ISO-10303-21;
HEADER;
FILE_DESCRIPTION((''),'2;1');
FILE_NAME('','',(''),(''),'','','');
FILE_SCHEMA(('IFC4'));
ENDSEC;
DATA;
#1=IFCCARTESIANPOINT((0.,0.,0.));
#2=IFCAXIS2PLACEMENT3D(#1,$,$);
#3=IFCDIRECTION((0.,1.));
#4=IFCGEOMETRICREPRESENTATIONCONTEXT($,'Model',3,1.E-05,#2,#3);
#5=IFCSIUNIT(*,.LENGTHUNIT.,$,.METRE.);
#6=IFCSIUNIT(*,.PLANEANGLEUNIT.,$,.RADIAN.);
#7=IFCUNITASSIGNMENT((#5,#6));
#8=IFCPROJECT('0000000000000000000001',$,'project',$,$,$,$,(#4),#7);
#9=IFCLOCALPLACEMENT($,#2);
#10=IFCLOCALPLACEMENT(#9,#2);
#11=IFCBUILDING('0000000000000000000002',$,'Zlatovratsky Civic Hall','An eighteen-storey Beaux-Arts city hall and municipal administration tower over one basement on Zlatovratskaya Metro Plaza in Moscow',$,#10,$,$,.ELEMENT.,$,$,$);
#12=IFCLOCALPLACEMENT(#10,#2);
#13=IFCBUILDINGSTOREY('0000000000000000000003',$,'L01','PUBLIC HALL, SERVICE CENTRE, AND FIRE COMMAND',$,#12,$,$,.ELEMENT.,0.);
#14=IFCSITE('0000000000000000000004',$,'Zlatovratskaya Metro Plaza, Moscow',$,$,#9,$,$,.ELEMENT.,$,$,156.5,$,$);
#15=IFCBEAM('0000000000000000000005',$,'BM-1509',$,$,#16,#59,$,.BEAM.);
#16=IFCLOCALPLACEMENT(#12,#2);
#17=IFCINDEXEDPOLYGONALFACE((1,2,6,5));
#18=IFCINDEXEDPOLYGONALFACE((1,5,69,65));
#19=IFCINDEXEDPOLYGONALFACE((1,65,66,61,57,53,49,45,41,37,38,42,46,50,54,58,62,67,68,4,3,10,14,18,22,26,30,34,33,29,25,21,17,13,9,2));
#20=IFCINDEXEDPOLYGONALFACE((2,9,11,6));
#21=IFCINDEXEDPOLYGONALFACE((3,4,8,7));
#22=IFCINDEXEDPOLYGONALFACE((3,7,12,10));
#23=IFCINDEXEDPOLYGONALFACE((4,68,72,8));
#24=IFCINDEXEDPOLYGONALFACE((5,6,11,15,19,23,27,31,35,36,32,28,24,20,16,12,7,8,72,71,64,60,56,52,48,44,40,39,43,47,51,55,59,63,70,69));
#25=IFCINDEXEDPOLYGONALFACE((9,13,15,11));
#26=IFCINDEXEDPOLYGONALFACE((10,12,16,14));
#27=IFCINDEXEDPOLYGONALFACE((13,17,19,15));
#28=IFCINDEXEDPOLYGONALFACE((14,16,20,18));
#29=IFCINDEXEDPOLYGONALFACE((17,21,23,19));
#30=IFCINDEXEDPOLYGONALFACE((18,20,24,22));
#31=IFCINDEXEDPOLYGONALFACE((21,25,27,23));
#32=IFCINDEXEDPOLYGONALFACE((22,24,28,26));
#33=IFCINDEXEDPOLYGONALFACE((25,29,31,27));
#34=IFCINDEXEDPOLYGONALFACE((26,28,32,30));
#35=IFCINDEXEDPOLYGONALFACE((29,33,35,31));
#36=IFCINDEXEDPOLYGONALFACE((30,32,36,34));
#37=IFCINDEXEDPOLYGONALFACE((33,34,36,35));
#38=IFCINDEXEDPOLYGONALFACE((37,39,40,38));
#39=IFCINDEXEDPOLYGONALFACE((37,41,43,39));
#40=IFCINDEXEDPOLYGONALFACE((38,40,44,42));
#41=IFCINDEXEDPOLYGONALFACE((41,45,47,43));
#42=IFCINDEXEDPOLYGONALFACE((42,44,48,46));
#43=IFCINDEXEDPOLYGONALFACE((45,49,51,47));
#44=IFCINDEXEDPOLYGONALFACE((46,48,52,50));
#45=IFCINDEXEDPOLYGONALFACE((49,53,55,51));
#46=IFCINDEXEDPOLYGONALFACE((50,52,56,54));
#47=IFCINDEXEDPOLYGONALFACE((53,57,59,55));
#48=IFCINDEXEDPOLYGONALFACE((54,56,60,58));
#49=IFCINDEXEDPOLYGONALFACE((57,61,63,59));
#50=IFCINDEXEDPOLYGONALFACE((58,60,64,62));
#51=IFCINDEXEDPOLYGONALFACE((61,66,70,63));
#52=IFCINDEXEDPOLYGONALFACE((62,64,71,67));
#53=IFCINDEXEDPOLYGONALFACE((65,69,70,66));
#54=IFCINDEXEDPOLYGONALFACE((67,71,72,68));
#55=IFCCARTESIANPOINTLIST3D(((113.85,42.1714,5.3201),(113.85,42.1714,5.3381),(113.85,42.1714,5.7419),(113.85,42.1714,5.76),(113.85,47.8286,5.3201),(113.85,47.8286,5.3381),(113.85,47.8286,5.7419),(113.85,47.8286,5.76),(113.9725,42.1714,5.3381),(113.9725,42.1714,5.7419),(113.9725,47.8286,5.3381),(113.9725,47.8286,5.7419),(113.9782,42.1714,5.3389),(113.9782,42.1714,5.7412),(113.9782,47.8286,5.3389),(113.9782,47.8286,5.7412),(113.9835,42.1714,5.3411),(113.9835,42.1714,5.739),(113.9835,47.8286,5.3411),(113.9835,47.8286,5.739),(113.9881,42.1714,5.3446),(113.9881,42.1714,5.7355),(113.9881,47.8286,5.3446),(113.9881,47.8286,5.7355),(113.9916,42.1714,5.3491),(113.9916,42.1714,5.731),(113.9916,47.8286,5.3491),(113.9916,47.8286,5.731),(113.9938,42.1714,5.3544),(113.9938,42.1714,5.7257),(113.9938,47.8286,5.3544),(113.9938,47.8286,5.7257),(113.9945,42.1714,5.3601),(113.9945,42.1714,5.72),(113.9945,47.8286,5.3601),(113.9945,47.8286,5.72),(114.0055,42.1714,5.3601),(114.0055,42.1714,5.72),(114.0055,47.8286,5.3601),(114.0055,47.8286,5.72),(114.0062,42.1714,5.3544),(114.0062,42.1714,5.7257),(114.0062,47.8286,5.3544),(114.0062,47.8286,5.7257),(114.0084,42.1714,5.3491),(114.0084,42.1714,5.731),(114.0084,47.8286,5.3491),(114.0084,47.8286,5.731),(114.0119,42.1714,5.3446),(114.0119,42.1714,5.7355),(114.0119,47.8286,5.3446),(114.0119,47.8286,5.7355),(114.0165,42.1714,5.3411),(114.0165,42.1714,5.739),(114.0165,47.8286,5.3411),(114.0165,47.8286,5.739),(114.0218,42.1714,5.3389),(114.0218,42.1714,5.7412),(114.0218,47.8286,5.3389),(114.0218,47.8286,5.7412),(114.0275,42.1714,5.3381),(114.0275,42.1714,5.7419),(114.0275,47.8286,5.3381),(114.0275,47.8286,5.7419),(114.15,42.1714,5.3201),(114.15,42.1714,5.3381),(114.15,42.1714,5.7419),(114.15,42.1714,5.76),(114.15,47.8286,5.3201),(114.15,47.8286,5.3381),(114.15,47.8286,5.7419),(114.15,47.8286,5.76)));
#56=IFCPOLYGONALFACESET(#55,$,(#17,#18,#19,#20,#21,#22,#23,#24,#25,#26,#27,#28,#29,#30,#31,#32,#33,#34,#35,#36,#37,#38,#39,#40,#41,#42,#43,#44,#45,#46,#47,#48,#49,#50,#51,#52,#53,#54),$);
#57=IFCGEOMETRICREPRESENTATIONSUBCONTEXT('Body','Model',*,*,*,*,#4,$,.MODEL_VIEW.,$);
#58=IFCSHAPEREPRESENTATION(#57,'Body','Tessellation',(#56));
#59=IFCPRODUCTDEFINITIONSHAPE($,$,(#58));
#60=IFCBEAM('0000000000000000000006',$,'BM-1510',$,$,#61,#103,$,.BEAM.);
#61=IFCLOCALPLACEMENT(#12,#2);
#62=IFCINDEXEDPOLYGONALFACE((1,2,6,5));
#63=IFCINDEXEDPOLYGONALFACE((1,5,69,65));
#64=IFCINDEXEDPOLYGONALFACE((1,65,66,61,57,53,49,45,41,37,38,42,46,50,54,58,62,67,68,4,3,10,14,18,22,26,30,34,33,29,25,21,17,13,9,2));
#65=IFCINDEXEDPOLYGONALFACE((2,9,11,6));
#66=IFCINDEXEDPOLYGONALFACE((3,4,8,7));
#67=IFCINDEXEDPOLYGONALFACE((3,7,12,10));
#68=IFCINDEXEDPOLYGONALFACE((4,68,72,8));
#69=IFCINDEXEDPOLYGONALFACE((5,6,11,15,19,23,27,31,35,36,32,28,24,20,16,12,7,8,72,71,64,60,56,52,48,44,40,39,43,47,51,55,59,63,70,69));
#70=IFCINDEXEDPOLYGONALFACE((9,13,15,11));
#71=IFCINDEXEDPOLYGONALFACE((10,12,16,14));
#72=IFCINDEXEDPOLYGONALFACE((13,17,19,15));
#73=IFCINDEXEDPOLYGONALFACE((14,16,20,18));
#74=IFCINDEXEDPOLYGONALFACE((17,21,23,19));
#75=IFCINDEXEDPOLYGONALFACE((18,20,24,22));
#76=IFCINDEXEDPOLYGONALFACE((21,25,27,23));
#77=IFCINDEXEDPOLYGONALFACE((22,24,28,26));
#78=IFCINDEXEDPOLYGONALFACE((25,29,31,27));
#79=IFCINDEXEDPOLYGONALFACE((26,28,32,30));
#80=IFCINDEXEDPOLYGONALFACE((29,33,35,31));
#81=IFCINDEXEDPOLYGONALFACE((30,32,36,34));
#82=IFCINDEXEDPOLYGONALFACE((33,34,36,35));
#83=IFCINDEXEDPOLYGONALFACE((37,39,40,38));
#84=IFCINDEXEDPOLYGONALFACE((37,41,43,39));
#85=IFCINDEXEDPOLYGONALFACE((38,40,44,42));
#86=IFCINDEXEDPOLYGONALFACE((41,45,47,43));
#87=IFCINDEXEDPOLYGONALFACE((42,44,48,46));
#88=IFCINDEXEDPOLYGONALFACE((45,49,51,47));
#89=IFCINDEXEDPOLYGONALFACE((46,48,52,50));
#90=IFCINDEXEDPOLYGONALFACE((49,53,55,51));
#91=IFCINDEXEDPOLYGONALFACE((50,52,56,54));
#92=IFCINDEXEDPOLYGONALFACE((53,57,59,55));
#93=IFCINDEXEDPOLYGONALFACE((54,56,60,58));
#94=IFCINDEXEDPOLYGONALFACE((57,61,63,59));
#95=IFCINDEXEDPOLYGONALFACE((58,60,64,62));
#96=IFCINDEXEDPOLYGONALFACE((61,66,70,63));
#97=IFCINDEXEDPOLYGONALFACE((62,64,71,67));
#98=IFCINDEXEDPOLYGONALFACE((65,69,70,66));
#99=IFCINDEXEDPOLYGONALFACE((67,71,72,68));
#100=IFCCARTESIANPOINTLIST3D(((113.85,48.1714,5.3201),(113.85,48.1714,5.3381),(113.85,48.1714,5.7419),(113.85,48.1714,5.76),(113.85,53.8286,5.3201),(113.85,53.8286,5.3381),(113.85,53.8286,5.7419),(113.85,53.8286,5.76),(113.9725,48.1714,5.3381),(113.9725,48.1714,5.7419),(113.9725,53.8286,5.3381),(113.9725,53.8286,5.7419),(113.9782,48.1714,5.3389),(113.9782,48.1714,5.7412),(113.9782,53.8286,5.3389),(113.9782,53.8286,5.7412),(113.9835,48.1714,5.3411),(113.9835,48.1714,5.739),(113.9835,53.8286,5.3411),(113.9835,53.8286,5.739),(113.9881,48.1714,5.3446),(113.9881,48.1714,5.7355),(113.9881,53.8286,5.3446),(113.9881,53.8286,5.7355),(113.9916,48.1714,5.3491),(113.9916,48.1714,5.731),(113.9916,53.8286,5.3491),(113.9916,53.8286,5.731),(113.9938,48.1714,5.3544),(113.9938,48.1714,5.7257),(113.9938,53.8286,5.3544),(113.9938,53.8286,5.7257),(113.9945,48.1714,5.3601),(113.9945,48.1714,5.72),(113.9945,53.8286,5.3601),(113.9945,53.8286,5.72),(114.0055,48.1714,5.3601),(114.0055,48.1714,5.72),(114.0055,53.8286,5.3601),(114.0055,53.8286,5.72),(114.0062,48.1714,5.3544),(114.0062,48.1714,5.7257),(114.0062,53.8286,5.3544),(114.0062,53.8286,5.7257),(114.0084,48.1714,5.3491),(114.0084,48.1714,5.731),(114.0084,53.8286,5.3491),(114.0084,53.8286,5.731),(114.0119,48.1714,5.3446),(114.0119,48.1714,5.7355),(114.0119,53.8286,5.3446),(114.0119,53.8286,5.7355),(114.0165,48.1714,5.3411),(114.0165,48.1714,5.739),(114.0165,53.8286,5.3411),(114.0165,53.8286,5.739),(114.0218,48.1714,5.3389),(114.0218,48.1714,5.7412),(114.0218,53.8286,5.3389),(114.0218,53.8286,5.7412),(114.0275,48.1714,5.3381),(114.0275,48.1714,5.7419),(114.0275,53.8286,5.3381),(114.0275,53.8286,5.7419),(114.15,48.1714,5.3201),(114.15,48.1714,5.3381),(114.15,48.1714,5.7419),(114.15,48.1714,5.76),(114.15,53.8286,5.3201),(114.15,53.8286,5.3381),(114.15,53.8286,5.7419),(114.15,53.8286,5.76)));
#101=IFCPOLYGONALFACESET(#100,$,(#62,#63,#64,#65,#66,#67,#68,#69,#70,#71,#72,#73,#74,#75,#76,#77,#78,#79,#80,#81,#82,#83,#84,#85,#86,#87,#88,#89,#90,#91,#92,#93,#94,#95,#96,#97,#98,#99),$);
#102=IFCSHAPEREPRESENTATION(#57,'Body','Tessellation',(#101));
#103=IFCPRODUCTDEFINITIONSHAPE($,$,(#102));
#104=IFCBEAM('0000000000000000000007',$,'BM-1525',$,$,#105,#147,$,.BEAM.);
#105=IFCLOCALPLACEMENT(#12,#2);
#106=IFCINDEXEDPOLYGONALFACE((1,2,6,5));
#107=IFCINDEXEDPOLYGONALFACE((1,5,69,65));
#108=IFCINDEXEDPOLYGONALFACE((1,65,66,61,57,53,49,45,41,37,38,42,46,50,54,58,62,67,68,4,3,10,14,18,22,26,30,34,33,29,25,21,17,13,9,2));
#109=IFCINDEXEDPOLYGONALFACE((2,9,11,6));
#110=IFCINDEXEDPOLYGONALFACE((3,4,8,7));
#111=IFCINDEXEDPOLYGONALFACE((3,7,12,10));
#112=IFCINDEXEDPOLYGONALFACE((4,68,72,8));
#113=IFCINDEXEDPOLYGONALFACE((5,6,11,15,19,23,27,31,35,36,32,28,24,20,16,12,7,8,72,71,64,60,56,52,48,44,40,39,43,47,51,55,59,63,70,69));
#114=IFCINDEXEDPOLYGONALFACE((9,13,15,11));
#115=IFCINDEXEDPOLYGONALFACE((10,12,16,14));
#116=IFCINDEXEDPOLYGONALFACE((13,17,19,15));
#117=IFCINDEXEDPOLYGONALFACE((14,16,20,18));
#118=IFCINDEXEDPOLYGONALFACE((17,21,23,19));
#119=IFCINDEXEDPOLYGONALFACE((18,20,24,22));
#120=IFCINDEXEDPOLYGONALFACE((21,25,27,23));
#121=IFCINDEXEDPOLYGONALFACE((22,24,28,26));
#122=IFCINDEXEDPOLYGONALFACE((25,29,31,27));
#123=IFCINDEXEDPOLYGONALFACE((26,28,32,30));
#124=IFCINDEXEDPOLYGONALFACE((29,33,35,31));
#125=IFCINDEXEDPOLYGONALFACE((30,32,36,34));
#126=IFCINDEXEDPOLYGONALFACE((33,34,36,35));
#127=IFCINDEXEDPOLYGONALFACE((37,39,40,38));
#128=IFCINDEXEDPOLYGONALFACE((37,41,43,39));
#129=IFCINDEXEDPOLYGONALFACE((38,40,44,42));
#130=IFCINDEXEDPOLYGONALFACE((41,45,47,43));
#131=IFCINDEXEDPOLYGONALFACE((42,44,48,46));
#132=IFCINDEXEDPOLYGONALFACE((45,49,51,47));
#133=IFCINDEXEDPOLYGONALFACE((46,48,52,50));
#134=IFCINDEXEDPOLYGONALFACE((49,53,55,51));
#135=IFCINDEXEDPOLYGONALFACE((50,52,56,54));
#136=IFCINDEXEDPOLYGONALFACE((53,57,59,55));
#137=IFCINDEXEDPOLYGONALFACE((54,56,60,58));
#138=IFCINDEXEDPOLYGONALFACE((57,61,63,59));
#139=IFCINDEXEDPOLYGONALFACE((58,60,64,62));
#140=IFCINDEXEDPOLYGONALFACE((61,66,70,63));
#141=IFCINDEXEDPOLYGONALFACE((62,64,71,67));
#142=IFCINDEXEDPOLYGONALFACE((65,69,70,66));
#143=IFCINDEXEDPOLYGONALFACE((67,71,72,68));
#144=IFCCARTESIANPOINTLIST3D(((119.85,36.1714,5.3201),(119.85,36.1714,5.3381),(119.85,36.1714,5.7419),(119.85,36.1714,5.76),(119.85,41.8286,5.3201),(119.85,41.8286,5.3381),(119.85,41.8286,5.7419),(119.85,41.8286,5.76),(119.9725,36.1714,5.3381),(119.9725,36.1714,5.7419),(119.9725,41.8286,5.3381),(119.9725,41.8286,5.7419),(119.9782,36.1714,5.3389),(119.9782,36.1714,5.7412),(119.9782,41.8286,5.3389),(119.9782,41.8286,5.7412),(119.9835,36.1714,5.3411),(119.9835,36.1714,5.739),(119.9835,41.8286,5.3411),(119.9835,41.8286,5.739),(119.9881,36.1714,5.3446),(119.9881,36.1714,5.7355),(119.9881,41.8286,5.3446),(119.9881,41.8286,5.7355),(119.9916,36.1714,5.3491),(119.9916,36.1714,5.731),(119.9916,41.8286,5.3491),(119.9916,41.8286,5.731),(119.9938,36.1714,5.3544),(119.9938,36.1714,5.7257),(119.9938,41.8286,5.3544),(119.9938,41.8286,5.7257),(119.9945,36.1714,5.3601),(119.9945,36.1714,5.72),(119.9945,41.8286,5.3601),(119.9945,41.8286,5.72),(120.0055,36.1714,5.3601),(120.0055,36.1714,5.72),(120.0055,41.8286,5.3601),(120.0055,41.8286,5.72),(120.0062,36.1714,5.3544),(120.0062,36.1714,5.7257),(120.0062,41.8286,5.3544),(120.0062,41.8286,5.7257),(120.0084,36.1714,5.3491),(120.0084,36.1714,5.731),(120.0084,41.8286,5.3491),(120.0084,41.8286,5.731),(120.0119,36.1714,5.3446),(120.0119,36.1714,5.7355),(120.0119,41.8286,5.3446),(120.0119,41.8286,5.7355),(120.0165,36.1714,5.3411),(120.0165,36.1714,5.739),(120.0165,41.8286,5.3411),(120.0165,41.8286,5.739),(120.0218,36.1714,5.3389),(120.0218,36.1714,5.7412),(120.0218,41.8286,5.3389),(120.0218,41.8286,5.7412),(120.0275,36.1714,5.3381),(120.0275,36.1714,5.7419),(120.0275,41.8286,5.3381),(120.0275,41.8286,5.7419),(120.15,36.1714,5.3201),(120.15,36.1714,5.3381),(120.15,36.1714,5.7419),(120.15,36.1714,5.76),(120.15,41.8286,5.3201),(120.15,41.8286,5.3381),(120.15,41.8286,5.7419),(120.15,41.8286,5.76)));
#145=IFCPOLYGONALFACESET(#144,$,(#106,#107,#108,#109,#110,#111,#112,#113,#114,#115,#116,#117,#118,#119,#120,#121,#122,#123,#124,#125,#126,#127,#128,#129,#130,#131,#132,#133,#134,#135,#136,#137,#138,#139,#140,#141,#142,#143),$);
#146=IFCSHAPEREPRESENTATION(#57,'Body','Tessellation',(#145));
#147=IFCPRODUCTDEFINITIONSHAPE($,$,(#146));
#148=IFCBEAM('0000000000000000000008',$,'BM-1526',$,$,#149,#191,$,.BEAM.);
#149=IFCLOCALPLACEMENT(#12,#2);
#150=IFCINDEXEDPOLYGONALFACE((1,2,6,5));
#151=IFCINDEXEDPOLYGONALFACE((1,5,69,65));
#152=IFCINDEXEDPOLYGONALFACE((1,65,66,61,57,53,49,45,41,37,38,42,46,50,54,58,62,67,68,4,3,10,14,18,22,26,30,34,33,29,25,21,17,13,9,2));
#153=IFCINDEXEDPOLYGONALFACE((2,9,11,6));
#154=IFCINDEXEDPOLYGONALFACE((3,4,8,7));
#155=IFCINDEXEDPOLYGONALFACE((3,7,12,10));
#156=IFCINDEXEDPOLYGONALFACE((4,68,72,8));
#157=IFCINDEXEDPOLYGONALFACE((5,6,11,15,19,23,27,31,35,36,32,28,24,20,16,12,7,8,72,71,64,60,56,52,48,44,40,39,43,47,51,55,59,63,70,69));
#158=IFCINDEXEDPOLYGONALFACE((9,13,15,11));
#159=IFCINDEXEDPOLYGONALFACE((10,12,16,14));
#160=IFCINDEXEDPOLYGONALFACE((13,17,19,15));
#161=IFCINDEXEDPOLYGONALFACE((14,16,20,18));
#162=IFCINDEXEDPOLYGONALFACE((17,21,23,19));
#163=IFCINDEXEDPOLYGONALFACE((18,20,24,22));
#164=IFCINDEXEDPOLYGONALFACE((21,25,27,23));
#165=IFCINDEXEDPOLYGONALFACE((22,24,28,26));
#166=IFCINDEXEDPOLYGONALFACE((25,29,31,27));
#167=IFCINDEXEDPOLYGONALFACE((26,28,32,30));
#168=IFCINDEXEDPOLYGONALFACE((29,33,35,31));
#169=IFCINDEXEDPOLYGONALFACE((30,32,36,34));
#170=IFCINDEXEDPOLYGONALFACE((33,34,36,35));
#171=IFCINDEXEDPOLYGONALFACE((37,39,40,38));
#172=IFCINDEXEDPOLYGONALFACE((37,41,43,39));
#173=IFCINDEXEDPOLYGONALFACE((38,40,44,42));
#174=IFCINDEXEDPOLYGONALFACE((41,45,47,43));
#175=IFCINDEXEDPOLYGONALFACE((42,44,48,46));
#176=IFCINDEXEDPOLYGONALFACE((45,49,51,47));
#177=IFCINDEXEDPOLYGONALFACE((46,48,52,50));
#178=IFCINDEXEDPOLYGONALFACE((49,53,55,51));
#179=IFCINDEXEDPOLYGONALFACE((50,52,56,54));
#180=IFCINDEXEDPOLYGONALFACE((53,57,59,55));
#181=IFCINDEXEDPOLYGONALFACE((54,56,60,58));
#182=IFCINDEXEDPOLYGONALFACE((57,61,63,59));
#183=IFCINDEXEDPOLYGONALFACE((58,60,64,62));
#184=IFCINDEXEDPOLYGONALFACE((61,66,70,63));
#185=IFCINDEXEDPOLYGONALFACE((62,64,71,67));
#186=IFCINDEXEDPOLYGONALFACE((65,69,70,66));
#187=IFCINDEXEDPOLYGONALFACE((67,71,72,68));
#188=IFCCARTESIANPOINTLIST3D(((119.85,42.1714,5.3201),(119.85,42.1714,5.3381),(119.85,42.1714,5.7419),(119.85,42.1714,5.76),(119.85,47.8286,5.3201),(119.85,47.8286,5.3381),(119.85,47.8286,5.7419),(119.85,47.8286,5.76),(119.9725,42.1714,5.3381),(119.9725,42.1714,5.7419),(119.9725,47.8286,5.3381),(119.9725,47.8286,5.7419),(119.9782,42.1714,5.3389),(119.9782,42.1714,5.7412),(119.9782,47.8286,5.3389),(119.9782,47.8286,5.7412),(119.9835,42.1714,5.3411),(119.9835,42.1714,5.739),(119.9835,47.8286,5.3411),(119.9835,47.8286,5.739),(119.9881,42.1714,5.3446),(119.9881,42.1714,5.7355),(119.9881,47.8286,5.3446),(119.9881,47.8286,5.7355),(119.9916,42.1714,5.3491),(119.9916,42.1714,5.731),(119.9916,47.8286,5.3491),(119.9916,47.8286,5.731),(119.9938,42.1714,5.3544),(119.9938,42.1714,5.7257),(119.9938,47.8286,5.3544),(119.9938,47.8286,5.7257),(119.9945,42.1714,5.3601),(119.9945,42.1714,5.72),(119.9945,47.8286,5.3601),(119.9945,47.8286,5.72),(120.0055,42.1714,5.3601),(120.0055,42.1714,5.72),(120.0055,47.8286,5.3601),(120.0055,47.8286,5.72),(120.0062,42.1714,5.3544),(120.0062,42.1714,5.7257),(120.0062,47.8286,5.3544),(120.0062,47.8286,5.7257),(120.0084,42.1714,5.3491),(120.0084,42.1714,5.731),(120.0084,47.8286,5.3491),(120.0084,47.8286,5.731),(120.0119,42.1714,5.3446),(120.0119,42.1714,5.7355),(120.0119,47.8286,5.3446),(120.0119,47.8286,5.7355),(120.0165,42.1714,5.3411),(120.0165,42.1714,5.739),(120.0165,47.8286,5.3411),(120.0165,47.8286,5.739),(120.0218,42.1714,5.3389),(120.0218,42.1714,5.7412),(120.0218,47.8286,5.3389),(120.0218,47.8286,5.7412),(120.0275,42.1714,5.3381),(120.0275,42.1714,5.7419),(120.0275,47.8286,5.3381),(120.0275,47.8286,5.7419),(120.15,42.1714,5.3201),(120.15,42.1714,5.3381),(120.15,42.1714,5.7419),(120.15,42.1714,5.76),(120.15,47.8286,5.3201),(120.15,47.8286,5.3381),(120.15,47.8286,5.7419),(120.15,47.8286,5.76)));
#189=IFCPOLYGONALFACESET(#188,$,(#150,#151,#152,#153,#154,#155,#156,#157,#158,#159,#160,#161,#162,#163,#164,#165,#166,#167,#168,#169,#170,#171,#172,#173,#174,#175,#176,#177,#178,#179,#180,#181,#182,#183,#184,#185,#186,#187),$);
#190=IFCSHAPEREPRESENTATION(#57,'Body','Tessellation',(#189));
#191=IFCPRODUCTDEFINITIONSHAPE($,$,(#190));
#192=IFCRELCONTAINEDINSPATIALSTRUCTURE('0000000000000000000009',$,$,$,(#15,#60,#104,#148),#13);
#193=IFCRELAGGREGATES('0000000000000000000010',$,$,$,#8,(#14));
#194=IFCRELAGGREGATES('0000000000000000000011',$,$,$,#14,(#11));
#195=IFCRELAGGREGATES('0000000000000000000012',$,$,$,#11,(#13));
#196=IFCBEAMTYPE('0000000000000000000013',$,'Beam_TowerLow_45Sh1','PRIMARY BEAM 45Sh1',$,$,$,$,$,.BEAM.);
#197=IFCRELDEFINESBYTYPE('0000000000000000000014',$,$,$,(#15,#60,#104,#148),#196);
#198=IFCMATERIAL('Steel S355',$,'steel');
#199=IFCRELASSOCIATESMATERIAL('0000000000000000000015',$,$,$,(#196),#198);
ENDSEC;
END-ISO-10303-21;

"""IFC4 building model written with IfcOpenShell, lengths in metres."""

from ifc_helpers import new_model, si_unit, direction, frame, origin, origin_2d, place, context, subcontext, project, spatial, i_section, extrude, material, material_profile, profile_set, type_object, element, save


model = new_model("IFC4")

# Units and contexts
model_context = context("Model", 3, precision=1e-05, world=origin(), true_north=direction((0.0, 1.0)))
body_context = subcontext(model_context, "Body", "Model", "MODEL_VIEW")
ifc_project = project(units=[si_unit("LENGTHUNIT", "METRE"), si_unit("PLANEANGLEUNIT", "RADIAN")], contexts=[model_context])

# Site, building, storey
site_placement = place(None, origin())
site = spatial("IfcSite", under=ifc_project, at=site_placement, Name="Zlatovratskaya Metro Plaza, Moscow", CompositionType="ELEMENT", RefElevation=156.5)
building_placement = place(site_placement, origin())
building = spatial("IfcBuilding", under=site, at=building_placement, Name="Zlatovratsky Civic Hall", Description="An eighteen-storey Beaux-Arts city hall and municipal administration tower over one basement on Zlatovratskaya Metro Plaza in Moscow", CompositionType="ELEMENT")
storey_placement = place(building_placement, origin())
storey = spatial("IfcBuildingStorey", under=building, at=storey_placement, Name="L01", Description="PUBLIC HALL, SERVICE CENTRE, AND FIRE COMMAND", CompositionType="ELEMENT", Elevation=0.0)

# Shared definitions
ifc_material_1 = material(Name="Steel S355", Category="steel")

# Beams
ifc_material_profile_1 = material_profile(ifc_material_1, i_section(OverallWidth=0.3, OverallDepth=0.4399, WebThickness=0.011, FlangeThickness=0.0181, FilletRadius=0.022, at=origin_2d()), Name="45Sh1")
ifc_profile_set_1 = profile_set([ifc_material_profile_1], Name="Steel S355")
beam_type = type_object("IfcBeamType", Name="Beam_TowerLow_45Sh1", Description="PRIMARY BEAM 45Sh1", PredefinedType="BEAM", material=ifc_profile_set_1)
for number, where, z_axis, x_axis, name in (
    (1, (114.0, 42.1714, 5.54), (0.0, 1.0, 0.0), (-1.0, 0.0, 0.0), "BM-1509"),
    (2, (114.0, 48.1714, 5.54), (0.0, 1.0, 0.0), (-1.0, 0.0, 0.0), "BM-1510"),
    (3, (120.0, 36.1714, 5.54), (0.0, 1.0, 0.0), (-1.0, 0.0, 0.0), "BM-1525"),
    (4, (120.0, 42.1714, 5.54), (0.0, 1.0, 0.0), (-1.0, 0.0, 0.0), "BM-1526"),
):
    element("IfcBeam", number, at=place(storey_placement, frame(where, z_axis=z_axis, x_axis=x_axis)), inside=storey, type_object=beam_type, Name=name, PredefinedType="BEAM", context=body_context, shape_type="SweptSolid", body=[
        extrude(i_section(OverallWidth=0.3, OverallDepth=0.4399, WebThickness=0.011, FlangeThickness=0.0181, FilletRadius=0.022, at=origin_2d()), origin(), (0.0, 0.0, 1.0), 5.6572),
    ])

save(model, "model.ifc")
